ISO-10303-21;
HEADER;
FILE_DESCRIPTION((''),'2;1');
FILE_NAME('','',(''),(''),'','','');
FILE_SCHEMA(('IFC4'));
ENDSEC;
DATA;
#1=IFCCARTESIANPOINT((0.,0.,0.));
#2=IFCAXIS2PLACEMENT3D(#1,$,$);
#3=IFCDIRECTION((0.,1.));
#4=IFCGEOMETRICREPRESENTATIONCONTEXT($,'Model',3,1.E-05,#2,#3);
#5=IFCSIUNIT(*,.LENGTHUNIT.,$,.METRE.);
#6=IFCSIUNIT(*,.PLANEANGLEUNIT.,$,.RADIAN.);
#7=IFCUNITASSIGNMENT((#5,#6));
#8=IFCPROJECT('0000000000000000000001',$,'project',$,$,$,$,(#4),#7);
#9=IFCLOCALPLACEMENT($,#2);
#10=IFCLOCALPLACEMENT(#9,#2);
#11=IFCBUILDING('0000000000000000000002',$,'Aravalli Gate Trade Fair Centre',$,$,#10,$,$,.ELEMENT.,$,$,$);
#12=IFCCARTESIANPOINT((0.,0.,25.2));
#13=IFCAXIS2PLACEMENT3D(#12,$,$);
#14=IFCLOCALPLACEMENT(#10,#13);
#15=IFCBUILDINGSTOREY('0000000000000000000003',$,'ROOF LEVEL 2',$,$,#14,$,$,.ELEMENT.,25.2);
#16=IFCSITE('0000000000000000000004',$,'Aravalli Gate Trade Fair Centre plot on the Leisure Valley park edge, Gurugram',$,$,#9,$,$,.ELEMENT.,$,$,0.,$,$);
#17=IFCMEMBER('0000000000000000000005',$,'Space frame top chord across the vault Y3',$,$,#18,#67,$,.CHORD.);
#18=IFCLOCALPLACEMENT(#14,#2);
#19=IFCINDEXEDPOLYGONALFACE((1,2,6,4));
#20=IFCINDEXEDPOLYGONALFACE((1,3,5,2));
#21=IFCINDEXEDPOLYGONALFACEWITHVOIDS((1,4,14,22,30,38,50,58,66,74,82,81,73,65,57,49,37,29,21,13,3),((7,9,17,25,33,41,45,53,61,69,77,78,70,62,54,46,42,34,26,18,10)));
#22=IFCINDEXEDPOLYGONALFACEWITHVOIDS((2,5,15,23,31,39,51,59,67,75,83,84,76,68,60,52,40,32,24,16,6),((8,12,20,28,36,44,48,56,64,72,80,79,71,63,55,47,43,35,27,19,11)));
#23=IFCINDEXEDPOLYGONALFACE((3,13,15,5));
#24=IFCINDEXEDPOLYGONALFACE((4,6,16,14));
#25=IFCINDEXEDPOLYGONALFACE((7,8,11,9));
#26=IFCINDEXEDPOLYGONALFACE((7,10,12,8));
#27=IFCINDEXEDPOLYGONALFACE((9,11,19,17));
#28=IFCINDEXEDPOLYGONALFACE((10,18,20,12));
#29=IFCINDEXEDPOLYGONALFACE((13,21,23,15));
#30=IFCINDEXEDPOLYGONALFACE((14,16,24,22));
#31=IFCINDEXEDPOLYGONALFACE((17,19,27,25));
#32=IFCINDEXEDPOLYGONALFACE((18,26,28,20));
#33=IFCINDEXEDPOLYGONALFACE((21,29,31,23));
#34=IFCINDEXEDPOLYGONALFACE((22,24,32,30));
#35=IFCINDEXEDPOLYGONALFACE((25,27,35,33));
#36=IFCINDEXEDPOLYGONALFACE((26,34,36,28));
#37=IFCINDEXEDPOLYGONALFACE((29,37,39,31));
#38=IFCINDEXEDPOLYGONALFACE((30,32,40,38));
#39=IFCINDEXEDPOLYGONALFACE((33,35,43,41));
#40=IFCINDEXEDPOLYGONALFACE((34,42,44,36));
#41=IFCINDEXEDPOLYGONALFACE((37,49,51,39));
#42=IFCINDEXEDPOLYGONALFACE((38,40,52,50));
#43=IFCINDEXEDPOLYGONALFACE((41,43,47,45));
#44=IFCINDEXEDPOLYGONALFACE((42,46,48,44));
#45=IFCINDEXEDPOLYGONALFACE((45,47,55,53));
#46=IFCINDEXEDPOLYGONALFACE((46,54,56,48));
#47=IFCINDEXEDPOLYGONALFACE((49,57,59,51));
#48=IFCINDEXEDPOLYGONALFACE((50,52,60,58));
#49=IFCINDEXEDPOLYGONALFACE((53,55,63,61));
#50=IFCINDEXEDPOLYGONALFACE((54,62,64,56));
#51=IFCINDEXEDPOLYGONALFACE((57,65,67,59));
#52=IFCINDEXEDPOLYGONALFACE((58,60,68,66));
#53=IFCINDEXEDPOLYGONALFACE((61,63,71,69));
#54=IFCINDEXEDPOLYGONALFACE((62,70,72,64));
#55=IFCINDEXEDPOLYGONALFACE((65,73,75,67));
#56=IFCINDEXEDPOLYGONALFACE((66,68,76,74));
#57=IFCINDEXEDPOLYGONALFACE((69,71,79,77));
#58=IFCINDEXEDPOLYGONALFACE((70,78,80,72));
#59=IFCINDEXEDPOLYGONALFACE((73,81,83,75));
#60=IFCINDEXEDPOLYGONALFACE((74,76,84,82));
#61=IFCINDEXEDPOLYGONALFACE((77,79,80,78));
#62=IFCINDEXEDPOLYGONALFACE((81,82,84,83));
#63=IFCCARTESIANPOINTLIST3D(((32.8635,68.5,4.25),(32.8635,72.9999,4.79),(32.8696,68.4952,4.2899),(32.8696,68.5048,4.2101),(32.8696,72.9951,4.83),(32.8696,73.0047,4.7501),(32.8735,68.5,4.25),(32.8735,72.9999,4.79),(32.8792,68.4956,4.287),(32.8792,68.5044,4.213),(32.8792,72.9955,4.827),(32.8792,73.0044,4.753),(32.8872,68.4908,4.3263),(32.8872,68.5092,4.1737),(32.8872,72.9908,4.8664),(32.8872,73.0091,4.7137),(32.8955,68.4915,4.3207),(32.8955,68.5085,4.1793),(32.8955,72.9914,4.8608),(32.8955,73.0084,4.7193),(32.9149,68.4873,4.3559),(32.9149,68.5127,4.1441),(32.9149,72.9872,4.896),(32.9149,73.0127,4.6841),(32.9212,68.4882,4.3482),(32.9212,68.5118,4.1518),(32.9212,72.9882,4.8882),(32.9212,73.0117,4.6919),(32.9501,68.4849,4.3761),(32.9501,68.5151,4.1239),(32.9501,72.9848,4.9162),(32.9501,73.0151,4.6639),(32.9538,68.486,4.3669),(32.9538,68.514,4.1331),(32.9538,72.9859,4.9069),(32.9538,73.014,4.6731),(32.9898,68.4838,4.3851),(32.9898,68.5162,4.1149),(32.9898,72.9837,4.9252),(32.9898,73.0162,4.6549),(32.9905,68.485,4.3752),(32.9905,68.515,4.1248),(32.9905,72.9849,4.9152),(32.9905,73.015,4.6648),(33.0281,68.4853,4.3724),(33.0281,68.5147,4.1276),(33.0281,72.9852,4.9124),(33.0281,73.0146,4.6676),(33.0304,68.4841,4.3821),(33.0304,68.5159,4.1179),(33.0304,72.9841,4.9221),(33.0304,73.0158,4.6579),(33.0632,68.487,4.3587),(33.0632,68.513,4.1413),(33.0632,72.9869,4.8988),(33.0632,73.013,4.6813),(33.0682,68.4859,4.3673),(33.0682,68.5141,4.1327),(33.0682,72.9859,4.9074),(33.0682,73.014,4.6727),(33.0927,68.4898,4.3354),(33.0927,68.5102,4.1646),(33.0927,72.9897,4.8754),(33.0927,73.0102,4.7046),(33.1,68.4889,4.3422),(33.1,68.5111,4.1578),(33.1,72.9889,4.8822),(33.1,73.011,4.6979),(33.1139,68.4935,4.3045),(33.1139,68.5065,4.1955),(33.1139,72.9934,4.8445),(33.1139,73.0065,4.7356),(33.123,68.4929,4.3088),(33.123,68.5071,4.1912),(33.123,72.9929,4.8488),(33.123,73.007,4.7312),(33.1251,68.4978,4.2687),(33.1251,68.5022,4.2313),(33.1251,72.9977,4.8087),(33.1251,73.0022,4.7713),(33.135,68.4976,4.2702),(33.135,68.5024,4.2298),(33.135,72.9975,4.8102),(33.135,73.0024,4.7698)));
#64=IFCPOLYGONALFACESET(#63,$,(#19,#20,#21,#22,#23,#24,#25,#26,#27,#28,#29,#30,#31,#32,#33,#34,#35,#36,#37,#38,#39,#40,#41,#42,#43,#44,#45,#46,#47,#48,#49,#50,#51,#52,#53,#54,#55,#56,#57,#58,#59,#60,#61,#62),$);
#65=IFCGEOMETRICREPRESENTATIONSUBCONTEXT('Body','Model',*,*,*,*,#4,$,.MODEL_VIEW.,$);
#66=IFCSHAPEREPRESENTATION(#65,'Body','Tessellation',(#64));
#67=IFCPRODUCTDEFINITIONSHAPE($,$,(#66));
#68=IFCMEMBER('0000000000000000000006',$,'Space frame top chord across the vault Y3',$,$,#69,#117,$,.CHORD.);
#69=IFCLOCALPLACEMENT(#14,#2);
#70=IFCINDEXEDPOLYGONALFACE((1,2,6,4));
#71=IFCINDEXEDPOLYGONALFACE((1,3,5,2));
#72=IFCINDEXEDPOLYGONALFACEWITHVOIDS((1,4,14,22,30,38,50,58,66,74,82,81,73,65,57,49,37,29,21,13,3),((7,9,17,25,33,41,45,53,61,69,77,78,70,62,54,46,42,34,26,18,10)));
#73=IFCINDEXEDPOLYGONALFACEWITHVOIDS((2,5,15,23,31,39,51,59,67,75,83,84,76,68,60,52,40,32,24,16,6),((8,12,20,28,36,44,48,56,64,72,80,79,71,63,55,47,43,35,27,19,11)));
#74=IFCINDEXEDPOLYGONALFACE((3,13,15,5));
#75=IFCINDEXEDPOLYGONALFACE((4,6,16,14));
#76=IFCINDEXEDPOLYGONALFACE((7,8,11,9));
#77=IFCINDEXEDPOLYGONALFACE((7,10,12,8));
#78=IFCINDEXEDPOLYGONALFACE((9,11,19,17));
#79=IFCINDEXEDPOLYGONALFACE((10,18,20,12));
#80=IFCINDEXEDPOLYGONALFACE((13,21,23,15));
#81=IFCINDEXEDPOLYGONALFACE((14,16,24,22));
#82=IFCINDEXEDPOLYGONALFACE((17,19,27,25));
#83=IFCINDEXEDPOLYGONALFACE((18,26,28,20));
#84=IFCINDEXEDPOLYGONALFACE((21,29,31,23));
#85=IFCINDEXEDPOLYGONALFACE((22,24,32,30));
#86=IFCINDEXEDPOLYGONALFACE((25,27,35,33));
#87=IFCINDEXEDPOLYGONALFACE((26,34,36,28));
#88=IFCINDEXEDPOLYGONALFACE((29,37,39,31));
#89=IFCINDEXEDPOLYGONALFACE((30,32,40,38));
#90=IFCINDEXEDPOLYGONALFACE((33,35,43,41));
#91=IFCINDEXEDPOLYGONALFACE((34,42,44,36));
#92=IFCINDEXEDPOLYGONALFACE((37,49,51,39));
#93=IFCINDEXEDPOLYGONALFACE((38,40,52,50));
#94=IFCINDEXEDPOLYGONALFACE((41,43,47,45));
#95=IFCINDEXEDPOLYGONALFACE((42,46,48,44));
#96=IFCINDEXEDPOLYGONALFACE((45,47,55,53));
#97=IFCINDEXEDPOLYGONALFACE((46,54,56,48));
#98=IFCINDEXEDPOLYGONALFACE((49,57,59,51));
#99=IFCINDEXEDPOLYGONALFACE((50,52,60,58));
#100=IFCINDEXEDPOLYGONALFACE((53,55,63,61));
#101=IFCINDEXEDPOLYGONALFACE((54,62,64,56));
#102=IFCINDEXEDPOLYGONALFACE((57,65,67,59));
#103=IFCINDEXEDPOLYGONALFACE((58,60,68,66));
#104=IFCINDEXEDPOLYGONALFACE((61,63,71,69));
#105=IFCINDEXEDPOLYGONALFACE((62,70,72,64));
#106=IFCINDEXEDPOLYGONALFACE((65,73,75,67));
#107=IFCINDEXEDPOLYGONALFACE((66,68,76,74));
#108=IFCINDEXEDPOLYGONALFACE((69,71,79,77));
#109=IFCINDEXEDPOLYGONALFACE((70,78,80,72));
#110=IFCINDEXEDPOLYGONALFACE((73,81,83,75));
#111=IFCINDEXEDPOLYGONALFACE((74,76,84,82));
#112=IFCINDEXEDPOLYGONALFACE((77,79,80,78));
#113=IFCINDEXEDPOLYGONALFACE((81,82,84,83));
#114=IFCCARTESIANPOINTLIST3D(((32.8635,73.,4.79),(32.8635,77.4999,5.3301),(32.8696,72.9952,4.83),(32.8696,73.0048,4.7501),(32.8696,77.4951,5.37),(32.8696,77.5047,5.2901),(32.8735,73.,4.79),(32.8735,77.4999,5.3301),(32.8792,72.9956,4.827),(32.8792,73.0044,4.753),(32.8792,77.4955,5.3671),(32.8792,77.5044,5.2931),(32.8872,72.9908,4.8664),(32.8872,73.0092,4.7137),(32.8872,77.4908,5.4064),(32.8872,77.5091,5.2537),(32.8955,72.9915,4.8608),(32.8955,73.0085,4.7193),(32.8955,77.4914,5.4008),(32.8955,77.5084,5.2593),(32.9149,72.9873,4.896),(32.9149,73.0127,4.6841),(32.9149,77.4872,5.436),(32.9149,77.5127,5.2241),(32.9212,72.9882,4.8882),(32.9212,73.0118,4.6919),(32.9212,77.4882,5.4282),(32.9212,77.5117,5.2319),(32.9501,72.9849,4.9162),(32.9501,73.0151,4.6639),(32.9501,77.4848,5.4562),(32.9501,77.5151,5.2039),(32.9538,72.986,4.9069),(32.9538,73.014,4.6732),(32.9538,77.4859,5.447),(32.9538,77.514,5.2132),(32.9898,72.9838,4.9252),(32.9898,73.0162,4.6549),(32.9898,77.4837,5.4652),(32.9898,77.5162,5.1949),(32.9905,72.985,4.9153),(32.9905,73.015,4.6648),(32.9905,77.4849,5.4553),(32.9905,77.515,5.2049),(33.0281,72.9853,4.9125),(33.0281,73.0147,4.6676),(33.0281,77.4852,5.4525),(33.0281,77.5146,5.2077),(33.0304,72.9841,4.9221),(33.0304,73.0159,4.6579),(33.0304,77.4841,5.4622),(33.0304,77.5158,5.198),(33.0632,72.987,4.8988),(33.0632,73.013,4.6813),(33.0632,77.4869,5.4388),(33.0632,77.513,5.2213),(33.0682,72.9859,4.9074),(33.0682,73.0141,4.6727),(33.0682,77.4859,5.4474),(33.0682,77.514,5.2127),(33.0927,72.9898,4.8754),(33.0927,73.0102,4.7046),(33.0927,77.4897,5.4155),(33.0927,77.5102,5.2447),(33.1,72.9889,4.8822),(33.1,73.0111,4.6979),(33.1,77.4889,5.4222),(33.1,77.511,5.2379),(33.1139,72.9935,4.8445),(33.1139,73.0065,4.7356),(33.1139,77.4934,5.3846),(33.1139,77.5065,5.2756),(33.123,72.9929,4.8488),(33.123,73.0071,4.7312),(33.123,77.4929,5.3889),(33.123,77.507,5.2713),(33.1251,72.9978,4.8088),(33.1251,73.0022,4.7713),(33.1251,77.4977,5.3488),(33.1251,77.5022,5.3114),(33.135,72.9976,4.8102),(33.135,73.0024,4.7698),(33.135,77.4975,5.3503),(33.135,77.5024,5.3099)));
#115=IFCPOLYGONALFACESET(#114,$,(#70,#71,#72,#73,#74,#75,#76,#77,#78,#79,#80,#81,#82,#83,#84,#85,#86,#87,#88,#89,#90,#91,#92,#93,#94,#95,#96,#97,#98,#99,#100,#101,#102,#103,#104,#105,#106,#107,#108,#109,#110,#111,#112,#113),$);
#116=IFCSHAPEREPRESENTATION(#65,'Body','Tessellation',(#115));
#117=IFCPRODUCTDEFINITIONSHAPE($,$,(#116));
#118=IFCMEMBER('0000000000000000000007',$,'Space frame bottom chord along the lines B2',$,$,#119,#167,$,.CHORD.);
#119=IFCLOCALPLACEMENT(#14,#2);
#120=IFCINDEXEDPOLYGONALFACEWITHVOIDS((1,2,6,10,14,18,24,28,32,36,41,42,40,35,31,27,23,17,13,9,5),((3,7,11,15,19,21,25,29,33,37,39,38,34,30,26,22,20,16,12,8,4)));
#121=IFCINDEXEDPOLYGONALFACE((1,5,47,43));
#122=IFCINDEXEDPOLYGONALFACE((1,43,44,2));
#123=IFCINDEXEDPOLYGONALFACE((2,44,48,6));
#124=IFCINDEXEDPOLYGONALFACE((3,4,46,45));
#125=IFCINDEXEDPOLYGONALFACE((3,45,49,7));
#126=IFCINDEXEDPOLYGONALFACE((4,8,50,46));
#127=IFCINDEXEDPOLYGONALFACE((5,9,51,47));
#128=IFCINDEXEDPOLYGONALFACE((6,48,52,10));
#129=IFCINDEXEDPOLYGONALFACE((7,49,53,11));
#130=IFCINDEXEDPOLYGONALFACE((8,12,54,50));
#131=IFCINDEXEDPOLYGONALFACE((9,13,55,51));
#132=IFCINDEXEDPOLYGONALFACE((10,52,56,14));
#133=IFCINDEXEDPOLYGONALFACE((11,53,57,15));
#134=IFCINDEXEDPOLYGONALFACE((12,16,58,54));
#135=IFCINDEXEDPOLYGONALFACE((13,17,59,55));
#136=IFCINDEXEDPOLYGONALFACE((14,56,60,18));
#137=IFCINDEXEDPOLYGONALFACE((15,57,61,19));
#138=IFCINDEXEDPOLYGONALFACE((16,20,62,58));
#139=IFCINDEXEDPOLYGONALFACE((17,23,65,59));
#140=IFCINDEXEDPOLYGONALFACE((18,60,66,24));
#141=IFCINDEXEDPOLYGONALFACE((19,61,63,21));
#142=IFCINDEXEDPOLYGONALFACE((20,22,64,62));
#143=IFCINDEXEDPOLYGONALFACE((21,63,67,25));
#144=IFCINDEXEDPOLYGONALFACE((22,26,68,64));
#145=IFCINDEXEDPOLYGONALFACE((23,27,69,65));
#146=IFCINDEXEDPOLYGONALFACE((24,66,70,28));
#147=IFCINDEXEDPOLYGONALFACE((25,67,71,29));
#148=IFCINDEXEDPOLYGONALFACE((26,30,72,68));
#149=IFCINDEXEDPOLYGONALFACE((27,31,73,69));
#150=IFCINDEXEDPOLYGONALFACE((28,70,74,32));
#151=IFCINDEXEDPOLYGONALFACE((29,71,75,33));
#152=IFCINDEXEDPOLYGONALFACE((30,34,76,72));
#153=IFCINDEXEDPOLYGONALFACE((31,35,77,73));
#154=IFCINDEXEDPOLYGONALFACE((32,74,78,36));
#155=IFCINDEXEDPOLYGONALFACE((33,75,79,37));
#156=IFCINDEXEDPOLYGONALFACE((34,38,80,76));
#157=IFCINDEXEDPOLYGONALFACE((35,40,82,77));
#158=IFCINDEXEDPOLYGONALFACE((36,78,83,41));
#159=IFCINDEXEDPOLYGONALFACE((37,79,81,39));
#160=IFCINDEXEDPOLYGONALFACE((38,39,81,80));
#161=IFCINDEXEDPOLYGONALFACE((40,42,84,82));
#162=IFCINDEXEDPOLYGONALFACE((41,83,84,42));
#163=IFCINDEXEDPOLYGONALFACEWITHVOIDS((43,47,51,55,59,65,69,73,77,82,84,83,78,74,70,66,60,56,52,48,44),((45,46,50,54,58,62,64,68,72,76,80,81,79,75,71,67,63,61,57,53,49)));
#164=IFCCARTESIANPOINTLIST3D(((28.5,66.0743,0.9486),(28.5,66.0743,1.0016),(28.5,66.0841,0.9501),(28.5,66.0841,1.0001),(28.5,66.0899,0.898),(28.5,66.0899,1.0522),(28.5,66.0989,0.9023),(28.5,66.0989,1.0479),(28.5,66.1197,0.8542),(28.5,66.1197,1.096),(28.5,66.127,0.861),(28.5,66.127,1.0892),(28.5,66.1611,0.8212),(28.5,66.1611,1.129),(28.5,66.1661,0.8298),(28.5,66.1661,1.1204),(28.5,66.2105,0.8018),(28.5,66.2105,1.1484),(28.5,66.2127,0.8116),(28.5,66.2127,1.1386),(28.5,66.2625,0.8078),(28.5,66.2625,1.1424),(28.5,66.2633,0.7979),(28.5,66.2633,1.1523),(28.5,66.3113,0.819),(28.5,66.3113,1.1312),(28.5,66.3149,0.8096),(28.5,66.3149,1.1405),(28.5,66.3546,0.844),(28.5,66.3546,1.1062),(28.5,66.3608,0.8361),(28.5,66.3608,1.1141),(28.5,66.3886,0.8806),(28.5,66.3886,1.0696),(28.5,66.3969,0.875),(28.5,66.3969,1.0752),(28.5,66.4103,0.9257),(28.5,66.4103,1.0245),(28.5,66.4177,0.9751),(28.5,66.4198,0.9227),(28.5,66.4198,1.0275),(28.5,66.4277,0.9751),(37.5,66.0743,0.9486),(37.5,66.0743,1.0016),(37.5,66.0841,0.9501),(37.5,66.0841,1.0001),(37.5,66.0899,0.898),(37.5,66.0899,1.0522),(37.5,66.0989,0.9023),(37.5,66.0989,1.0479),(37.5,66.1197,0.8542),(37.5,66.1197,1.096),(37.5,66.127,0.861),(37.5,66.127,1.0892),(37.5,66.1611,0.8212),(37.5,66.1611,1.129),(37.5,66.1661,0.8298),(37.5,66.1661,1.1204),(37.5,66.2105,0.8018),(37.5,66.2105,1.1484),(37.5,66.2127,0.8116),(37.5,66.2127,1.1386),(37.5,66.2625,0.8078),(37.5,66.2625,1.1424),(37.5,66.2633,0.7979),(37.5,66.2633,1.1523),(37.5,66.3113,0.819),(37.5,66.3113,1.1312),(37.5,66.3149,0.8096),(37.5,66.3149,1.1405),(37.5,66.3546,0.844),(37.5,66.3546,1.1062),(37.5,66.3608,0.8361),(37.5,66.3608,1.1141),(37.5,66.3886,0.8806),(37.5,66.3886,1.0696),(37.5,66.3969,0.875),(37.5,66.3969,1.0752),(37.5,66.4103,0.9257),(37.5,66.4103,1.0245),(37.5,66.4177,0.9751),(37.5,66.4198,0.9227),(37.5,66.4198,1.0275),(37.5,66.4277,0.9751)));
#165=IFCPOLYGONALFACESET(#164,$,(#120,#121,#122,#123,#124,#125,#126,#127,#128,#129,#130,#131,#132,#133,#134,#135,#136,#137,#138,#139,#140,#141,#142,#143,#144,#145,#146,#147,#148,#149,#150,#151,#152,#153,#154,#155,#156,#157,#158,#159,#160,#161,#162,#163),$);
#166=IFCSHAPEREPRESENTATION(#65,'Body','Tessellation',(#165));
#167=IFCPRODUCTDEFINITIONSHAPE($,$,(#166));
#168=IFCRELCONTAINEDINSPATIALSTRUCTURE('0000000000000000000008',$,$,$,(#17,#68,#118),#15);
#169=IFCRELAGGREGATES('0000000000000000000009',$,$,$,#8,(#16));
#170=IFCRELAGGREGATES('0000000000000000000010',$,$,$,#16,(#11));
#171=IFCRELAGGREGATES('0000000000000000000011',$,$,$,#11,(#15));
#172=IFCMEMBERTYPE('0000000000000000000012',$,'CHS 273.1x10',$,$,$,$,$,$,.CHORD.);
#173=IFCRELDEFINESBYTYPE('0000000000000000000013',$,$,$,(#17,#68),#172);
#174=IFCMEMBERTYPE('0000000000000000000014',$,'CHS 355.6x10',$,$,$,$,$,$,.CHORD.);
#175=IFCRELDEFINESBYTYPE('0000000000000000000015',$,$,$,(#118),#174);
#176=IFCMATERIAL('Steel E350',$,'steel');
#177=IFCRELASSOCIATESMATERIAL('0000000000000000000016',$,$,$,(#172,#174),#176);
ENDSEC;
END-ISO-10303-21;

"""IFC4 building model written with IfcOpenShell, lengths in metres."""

from ifc_helpers import new_model, si_unit, direction, frame, origin, origin_2d, place, context, subcontext, project, spatial, hollow_circle, extrude, material, material_profile, profile_set, type_object, element, save


model = new_model("IFC4")

# Units and contexts
model_context = context("Model", 3, precision=1e-05, world=origin(), true_north=direction((0.0, 1.0)))
body_context = subcontext(model_context, "Body", "Model", "MODEL_VIEW")
ifc_project = project(units=[si_unit("LENGTHUNIT", "METRE"), si_unit("PLANEANGLEUNIT", "RADIAN")], contexts=[model_context])

# Site, building, storey
site_placement = place(None, origin())
site = spatial("IfcSite", under=ifc_project, at=site_placement, Name="Aravalli Gate Trade Fair Centre plot on the Leisure Valley park edge, Gurugram", CompositionType="ELEMENT", RefElevation=0.0)
building_placement = place(site_placement, origin())
building = spatial("IfcBuilding", under=site, at=building_placement, Name="Aravalli Gate Trade Fair Centre", CompositionType="ELEMENT")
storey_placement = place(building_placement, frame((0.0, 0.0, 25.2)))
storey = spatial("IfcBuildingStorey", under=building, at=storey_placement, Name="ROOF LEVEL 2", CompositionType="ELEMENT", Elevation=25.2)

# Members
ifc_material_1 = material(Name="Steel E350", Category="steel")
ifc_material_profile_1 = material_profile(ifc_material_1, hollow_circle(Radius=0.1365, WallThickness=0.01, at=origin_2d()), Name="CHS 273.1x10")
ifc_profile_set_1 = profile_set([ifc_material_profile_1], Name="Steel E350")
member_type_1 = type_object("IfcMemberType", Name="CHS 273.1x10", PredefinedType="CHORD", material=ifc_profile_set_1)
for number, where, z_axis, x_axis, name in (
    (1, (33.0, 68.5, 4.25), (0.0, 0.992876, 0.119154), (-1.0, 0.0, 0.0), "Space frame top chord across the vault Y3"),
    (2, (33.0, 73.0, 4.79), (0.0, 0.992876, 0.119154), (-1.0, 0.0, 0.0), "Space frame top chord across the vault Y3"),
):
    element("IfcMember", number, at=place(storey_placement, frame(where, z_axis=z_axis, x_axis=x_axis)), inside=storey, type_object=member_type_1, Name=name, PredefinedType="CHORD", context=body_context, shape_type="SweptSolid", body=[
        extrude(hollow_circle(Radius=0.1365, WallThickness=0.01, at=origin_2d()), origin(), (0.0, 0.0, 1.0), 4.5322),
    ])
ifc_material_profile_2 = material_profile(ifc_material_1, hollow_circle(Radius=0.1777, WallThickness=0.01, at=origin_2d()), Name="CHS 355.6x10")
ifc_profile_set_2 = profile_set([ifc_material_profile_2], Name="Steel E350")
member_type_2 = type_object("IfcMemberType", Name="CHS 355.6x10", PredefinedType="CHORD", material=ifc_profile_set_2)
for number, where, z_axis, x_axis, name in (
    (3, (28.5, 66.25, 0.9751), (1.0, 0.0, 0.0), (0.0, 1.0, 0.0), "Space frame bottom chord along the lines B2"),
):
    element("IfcMember", number, at=place(storey_placement, frame(where, z_axis=z_axis, x_axis=x_axis)), inside=storey, type_object=member_type_2, Name=name, PredefinedType="CHORD", context=body_context, shape_type="SweptSolid", body=[
        extrude(hollow_circle(Radius=0.1777, WallThickness=0.01, at=origin_2d()), origin(), (0.0, 0.0, 1.0), 9.0),
    ])

save(model, "model.ifc")
